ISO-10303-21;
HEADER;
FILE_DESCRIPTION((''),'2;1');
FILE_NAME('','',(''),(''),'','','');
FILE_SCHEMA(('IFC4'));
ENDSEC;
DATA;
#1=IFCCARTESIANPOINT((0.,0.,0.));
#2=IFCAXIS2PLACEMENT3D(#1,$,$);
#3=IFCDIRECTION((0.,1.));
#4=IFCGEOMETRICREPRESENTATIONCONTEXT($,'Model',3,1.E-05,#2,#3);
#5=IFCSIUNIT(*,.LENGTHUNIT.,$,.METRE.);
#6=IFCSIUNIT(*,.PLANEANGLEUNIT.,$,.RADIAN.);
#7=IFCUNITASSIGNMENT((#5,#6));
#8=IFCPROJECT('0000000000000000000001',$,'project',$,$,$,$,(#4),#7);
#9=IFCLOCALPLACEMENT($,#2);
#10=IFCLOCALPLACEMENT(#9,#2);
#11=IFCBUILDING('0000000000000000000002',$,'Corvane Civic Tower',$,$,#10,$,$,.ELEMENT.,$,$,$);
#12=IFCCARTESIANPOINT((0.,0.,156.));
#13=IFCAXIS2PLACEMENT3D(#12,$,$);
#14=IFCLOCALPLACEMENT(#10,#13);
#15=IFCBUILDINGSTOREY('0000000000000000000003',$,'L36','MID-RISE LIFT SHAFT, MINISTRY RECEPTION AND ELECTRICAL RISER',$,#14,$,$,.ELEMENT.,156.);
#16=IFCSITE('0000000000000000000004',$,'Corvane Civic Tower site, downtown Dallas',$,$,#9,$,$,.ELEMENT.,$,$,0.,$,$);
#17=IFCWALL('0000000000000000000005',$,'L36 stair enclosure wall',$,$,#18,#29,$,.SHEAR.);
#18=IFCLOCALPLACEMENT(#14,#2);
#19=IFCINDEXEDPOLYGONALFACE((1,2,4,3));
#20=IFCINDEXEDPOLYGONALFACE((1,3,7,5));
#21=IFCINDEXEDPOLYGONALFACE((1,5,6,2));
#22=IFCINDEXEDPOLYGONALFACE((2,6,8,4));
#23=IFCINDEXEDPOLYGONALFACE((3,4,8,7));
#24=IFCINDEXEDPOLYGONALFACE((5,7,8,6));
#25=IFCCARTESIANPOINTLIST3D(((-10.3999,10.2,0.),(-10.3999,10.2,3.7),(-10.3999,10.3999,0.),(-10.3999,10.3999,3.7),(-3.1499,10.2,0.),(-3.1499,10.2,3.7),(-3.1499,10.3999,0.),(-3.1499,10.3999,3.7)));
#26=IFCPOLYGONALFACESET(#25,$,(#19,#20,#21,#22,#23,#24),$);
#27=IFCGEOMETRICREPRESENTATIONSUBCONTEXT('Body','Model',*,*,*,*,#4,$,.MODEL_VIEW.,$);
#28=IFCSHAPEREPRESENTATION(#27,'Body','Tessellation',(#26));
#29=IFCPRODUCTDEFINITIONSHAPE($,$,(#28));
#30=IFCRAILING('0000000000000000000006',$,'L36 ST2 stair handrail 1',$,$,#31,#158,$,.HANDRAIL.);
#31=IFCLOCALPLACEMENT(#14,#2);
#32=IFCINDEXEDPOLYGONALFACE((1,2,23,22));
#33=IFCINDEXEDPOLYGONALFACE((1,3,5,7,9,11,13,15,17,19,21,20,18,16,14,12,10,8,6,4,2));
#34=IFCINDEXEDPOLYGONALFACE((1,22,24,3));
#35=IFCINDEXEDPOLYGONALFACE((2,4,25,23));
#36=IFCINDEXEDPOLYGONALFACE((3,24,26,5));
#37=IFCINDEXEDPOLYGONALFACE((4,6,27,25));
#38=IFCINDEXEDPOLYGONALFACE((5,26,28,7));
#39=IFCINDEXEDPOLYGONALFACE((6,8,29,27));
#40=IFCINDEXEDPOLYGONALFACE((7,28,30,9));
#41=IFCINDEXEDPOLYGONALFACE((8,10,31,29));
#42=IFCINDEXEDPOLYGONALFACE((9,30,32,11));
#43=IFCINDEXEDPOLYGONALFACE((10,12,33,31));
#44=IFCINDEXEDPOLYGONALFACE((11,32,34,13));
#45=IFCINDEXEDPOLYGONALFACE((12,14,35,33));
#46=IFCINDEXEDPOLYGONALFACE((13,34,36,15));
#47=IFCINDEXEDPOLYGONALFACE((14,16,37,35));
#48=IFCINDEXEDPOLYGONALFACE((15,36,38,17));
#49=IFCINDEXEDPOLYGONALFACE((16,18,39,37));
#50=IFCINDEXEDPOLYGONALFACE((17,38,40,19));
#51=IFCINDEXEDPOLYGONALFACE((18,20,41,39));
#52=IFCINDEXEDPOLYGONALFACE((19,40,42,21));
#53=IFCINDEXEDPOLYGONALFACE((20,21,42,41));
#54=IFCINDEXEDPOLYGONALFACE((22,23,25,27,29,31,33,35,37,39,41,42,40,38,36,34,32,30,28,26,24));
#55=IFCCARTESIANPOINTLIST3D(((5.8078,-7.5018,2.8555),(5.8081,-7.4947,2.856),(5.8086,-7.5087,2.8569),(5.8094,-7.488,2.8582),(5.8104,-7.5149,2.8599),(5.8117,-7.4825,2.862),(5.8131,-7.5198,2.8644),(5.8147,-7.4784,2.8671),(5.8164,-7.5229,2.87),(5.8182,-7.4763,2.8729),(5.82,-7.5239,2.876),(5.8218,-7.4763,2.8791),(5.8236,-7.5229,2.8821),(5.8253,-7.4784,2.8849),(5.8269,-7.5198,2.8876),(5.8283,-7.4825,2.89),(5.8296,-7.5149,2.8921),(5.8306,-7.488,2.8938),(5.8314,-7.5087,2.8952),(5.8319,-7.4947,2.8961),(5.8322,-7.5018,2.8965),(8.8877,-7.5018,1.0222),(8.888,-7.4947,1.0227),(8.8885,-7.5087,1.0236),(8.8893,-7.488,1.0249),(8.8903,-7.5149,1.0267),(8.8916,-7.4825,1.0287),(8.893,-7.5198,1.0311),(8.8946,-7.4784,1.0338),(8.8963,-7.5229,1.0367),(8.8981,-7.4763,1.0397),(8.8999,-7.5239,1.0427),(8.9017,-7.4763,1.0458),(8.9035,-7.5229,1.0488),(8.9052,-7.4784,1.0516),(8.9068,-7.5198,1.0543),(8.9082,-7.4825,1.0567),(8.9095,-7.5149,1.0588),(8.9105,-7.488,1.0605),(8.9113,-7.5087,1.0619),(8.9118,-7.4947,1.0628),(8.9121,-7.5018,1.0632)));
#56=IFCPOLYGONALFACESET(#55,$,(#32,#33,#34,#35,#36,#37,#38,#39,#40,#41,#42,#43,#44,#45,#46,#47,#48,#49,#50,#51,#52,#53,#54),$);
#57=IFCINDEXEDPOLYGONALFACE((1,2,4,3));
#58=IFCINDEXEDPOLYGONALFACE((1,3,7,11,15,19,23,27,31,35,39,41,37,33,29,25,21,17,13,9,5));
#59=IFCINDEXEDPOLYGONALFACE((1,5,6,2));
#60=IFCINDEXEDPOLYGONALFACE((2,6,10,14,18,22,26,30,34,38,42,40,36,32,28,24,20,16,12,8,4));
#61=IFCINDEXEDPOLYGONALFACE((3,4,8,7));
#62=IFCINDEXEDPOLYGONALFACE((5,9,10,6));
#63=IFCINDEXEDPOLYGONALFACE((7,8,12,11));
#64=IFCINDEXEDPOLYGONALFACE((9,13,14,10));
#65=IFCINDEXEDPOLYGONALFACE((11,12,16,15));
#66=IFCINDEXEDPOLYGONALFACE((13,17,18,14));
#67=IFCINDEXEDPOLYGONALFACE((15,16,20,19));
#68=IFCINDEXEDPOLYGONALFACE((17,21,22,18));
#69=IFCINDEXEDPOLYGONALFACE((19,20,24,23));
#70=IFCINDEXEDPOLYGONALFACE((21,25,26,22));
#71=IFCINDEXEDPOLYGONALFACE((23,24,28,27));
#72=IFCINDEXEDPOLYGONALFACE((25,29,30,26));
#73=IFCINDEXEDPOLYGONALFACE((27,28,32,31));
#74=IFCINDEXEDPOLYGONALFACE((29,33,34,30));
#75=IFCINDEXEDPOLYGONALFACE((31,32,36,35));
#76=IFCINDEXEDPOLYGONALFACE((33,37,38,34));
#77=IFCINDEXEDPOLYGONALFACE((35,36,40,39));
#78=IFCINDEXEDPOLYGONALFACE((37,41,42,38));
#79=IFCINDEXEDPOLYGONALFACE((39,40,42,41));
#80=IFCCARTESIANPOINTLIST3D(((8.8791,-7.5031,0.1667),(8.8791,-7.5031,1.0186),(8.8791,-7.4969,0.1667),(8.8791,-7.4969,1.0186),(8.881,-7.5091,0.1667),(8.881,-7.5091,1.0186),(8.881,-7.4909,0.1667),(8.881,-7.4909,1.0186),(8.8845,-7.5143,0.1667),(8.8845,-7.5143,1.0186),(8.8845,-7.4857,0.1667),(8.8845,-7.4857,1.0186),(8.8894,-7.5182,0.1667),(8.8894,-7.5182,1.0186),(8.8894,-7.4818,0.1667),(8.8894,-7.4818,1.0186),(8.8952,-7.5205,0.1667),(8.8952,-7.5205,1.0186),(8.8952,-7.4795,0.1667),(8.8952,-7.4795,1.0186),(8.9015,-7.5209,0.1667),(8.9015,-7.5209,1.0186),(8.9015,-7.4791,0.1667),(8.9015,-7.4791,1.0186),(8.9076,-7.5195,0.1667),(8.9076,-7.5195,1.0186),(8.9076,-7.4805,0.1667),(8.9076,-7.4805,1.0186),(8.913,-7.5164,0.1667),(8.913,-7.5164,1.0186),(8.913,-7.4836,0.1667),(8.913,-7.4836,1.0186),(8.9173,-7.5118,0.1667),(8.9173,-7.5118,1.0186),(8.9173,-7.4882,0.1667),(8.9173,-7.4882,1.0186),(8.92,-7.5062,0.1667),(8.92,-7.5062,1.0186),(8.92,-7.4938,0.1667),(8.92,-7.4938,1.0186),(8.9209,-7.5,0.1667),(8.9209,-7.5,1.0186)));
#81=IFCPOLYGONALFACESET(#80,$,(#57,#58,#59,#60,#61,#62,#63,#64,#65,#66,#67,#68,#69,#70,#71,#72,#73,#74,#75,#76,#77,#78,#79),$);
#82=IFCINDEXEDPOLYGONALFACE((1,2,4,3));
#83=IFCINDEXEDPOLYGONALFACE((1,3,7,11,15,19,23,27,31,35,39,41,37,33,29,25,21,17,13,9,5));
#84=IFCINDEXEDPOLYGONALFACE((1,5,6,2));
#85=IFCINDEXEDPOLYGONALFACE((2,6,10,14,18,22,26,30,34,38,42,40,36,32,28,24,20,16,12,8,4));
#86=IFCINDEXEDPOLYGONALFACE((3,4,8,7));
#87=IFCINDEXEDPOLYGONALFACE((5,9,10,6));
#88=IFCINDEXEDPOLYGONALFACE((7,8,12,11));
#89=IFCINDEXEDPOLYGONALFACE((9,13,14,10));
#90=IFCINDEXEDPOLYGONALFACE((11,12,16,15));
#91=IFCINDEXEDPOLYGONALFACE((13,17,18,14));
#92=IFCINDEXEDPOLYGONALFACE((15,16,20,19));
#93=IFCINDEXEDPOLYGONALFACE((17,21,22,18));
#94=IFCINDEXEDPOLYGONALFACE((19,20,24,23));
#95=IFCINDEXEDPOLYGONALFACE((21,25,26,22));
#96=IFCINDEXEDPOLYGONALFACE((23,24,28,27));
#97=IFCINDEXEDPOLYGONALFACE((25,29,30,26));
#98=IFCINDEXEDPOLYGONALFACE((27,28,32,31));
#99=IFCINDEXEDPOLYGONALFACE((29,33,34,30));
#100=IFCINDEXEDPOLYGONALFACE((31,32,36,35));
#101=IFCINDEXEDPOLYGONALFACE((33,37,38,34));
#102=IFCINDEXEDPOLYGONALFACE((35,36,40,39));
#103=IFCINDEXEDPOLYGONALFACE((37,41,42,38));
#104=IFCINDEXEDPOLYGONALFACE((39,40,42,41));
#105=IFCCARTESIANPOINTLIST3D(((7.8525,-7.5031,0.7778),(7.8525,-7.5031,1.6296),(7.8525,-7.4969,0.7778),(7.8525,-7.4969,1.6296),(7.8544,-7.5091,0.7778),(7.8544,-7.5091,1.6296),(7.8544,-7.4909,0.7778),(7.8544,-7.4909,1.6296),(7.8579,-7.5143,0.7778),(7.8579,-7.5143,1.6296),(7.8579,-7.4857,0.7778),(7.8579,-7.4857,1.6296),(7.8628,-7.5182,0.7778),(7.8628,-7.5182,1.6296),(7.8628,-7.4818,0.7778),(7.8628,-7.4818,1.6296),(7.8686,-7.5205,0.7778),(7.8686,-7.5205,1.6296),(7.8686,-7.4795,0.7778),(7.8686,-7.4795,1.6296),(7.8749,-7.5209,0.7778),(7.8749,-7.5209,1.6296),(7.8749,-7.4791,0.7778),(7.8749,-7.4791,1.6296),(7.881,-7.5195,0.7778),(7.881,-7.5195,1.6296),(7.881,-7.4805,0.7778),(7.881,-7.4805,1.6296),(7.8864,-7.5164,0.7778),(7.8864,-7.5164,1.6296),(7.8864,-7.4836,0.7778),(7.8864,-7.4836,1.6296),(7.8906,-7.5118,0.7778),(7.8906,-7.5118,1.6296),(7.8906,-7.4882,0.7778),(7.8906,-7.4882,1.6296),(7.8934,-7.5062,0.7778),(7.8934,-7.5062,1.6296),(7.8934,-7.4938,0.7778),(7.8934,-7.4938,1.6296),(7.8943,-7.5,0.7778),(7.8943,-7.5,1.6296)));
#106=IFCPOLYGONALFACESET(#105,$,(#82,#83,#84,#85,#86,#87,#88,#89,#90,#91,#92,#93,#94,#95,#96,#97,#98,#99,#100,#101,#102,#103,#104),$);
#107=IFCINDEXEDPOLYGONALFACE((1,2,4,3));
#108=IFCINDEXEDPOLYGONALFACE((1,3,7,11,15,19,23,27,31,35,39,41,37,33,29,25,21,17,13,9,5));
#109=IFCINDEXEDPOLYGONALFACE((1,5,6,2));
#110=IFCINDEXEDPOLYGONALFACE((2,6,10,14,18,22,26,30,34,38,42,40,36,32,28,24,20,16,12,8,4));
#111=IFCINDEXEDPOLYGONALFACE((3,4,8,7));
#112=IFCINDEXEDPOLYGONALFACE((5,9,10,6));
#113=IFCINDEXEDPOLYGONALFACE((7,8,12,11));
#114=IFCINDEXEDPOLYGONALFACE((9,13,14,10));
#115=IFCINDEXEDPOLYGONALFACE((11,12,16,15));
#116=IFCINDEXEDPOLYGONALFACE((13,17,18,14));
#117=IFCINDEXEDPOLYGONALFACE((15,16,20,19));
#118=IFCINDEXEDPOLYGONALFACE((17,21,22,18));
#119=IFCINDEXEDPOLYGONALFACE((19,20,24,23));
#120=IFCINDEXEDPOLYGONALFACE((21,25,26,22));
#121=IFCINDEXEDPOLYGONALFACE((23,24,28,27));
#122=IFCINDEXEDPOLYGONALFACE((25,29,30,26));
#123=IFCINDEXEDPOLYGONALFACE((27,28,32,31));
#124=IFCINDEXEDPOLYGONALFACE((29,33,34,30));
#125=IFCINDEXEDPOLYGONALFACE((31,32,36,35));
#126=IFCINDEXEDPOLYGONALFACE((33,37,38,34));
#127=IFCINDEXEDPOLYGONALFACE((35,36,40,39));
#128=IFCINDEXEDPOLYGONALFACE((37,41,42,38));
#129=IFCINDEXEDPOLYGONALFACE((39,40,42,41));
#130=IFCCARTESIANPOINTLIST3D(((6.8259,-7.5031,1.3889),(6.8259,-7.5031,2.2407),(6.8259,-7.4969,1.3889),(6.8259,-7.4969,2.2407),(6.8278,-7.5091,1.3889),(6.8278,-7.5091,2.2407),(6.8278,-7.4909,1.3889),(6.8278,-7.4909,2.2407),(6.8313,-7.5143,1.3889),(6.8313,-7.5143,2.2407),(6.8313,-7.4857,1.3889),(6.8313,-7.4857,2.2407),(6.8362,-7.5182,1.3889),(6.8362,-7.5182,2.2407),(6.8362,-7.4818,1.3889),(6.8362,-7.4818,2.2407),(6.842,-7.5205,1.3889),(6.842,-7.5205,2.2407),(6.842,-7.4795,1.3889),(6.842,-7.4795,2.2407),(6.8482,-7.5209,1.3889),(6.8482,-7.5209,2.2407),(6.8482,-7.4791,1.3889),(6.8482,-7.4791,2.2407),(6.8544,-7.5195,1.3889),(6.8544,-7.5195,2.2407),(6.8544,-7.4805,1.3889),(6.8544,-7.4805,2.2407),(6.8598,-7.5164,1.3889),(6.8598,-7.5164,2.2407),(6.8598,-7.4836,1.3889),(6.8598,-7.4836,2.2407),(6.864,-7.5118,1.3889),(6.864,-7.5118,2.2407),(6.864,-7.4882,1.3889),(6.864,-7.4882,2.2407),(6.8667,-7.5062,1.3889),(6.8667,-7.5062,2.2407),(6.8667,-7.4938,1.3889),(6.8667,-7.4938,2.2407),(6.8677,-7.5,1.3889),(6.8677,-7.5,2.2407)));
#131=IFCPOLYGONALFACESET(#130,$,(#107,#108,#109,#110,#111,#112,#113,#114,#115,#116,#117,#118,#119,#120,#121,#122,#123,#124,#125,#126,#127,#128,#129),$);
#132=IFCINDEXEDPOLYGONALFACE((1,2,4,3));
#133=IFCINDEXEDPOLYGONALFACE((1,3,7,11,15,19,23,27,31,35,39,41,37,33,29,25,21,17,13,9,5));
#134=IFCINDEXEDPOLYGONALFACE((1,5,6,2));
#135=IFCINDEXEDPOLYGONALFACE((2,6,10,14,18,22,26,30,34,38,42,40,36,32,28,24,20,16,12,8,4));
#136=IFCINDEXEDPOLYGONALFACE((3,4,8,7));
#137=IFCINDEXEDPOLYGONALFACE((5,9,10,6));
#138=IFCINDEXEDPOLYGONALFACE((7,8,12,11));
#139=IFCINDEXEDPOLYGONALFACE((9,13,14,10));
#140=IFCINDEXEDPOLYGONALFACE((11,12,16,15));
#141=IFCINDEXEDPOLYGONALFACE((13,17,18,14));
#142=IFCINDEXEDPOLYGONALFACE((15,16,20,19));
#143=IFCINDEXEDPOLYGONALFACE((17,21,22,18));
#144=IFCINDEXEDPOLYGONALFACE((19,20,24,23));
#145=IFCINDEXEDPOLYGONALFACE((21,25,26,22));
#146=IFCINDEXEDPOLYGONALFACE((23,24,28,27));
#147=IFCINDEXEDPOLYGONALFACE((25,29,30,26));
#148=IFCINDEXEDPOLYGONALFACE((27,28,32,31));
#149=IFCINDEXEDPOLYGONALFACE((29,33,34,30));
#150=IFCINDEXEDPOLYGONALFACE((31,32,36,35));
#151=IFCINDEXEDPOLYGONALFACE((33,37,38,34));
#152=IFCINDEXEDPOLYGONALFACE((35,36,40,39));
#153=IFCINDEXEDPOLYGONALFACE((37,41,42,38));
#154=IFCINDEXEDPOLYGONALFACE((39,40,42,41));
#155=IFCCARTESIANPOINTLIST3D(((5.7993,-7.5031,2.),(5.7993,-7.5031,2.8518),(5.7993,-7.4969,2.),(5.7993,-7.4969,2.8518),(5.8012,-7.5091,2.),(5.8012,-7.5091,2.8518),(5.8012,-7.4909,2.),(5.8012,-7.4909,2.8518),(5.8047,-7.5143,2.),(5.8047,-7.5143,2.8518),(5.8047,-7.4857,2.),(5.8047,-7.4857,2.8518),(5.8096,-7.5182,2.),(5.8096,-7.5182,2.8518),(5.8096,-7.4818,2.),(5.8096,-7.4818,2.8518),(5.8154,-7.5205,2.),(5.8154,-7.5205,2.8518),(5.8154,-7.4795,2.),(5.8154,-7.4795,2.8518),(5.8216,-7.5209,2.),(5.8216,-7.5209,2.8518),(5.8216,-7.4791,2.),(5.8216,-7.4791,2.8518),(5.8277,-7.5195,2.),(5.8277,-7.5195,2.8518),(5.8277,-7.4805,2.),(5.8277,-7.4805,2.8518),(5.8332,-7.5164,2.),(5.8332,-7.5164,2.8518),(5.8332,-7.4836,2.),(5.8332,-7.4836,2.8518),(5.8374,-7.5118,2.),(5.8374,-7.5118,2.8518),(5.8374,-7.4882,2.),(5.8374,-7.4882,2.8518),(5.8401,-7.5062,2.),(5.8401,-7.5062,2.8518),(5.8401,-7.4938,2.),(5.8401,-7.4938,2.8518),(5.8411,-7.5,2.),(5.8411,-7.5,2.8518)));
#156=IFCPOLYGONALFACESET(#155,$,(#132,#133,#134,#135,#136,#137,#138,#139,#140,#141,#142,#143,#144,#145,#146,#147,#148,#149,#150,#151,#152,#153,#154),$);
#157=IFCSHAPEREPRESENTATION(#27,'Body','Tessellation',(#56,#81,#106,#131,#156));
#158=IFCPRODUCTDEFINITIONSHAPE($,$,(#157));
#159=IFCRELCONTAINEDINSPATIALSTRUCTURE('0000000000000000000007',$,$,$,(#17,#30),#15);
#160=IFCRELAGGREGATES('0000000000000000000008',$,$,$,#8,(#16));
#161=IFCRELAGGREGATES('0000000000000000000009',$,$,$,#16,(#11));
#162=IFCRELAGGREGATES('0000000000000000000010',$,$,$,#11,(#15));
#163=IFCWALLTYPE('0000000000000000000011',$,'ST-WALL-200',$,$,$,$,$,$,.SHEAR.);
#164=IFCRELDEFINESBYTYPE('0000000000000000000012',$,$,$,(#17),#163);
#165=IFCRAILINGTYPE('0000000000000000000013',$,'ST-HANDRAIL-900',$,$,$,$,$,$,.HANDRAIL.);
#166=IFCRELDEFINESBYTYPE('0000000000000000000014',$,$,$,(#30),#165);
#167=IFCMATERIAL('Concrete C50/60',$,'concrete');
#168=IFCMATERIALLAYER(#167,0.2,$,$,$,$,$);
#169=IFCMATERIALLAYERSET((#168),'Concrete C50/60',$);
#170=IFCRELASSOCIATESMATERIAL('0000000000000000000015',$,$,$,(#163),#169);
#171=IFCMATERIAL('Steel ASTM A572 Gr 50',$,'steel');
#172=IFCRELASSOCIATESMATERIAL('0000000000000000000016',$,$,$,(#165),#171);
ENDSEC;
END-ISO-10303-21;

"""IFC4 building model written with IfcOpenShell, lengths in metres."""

from ifc_helpers import new_model, si_unit, direction, frame, origin, origin_2d, place, context, subcontext, project, spatial, polyline, circle, outline, extrude, material, layer, layer_set, type_object, element, save


model = new_model("IFC4")

# Units and contexts
model_context = context("Model", 3, precision=1e-05, world=origin(), true_north=direction((0.0, 1.0)))
body_context = subcontext(model_context, "Body", "Model", "MODEL_VIEW")
ifc_project = project(units=[si_unit("LENGTHUNIT", "METRE"), si_unit("PLANEANGLEUNIT", "RADIAN")], contexts=[model_context])

# Site, building, storey
site_placement = place(None, origin())
site = spatial("IfcSite", under=ifc_project, at=site_placement, Name="Corvane Civic Tower site, downtown Dallas", CompositionType="ELEMENT", RefElevation=0.0)
building_placement = place(site_placement, origin())
building = spatial("IfcBuilding", under=site, at=building_placement, Name="Corvane Civic Tower", CompositionType="ELEMENT")
storey_placement = place(building_placement, frame((0.0, 0.0, 156.0)))
storey = spatial("IfcBuildingStorey", under=building, at=storey_placement, Name="L36", Description="MID-RISE LIFT SHAFT, MINISTRY RECEPTION AND ELECTRICAL RISER", CompositionType="ELEMENT", Elevation=156.0)

# Shared definitions
ifc_material_1 = material(Name="Concrete C50/60", Category="concrete")
ifc_layer_1 = layer(ifc_material_1, 0.2)
ifc_layer_set_1 = layer_set([ifc_layer_1], Name="Concrete C50/60")
wall_type_1 = type_object("IfcWallType", Name="ST-WALL-200", PredefinedType="SHEAR", material=ifc_layer_set_1)

# Wall
wall_1_placement = place(storey_placement, origin())
element("IfcWall", 1, at=wall_1_placement, inside=storey, type_object=wall_type_1, Name="L36 stair enclosure wall", PredefinedType="SHEAR", context=body_context, shape_type="SweptSolid", body=[
    extrude(outline(polyline([(-3.1499, 10.2), (-10.3999, 10.2), (-10.3999, 10.3999), (-3.1499, 10.3999), (-3.1499, 10.2)])), origin(), (0.0, 0.0, 1.0), 3.7),
])

# Railing
ifc_material_2 = material(Name="Steel ASTM A572 Gr 50", Category="steel")
railing_type = type_object("IfcRailingType", Name="ST-HANDRAIL-900", PredefinedType="HANDRAIL", material=ifc_material_2)
railing_placement = place(storey_placement, frame((8.8999, -7.5, 0.1667)))
element("IfcRailing", 2, at=railing_placement, inside=storey, type_object=railing_type, Name="L36 ST2 stair handrail 1", PredefinedType="HANDRAIL", context=body_context, shape_type="SweptSolid", body=[
    extrude(circle(Radius=0.0239, at=origin_2d()), frame((0.0, 0.0, 0.876), z_axis=(-0.859291, 0.0, 0.511487), x_axis=(0.0, -1.0, 0.0)), (0.0, 0.0, 1.0), 3.5842),
    extrude(circle(Radius=0.021, at=origin_2d()), origin(), (0.0, 0.0, 1.0), 0.8518),
    extrude(circle(Radius=0.021, at=origin_2d()), frame((-1.0266, 0.0, 0.6111)), (0.0, 0.0, 1.0), 0.8518),
    extrude(circle(Radius=0.021, at=origin_2d()), frame((-2.0532, 0.0, 1.2222)), (0.0, 0.0, 1.0), 0.8518),
    extrude(circle(Radius=0.021, at=origin_2d()), frame((-3.0798, 0.0, 1.8333)), (0.0, 0.0, 1.0), 0.8518),
])

save(model, "model.ifc")
